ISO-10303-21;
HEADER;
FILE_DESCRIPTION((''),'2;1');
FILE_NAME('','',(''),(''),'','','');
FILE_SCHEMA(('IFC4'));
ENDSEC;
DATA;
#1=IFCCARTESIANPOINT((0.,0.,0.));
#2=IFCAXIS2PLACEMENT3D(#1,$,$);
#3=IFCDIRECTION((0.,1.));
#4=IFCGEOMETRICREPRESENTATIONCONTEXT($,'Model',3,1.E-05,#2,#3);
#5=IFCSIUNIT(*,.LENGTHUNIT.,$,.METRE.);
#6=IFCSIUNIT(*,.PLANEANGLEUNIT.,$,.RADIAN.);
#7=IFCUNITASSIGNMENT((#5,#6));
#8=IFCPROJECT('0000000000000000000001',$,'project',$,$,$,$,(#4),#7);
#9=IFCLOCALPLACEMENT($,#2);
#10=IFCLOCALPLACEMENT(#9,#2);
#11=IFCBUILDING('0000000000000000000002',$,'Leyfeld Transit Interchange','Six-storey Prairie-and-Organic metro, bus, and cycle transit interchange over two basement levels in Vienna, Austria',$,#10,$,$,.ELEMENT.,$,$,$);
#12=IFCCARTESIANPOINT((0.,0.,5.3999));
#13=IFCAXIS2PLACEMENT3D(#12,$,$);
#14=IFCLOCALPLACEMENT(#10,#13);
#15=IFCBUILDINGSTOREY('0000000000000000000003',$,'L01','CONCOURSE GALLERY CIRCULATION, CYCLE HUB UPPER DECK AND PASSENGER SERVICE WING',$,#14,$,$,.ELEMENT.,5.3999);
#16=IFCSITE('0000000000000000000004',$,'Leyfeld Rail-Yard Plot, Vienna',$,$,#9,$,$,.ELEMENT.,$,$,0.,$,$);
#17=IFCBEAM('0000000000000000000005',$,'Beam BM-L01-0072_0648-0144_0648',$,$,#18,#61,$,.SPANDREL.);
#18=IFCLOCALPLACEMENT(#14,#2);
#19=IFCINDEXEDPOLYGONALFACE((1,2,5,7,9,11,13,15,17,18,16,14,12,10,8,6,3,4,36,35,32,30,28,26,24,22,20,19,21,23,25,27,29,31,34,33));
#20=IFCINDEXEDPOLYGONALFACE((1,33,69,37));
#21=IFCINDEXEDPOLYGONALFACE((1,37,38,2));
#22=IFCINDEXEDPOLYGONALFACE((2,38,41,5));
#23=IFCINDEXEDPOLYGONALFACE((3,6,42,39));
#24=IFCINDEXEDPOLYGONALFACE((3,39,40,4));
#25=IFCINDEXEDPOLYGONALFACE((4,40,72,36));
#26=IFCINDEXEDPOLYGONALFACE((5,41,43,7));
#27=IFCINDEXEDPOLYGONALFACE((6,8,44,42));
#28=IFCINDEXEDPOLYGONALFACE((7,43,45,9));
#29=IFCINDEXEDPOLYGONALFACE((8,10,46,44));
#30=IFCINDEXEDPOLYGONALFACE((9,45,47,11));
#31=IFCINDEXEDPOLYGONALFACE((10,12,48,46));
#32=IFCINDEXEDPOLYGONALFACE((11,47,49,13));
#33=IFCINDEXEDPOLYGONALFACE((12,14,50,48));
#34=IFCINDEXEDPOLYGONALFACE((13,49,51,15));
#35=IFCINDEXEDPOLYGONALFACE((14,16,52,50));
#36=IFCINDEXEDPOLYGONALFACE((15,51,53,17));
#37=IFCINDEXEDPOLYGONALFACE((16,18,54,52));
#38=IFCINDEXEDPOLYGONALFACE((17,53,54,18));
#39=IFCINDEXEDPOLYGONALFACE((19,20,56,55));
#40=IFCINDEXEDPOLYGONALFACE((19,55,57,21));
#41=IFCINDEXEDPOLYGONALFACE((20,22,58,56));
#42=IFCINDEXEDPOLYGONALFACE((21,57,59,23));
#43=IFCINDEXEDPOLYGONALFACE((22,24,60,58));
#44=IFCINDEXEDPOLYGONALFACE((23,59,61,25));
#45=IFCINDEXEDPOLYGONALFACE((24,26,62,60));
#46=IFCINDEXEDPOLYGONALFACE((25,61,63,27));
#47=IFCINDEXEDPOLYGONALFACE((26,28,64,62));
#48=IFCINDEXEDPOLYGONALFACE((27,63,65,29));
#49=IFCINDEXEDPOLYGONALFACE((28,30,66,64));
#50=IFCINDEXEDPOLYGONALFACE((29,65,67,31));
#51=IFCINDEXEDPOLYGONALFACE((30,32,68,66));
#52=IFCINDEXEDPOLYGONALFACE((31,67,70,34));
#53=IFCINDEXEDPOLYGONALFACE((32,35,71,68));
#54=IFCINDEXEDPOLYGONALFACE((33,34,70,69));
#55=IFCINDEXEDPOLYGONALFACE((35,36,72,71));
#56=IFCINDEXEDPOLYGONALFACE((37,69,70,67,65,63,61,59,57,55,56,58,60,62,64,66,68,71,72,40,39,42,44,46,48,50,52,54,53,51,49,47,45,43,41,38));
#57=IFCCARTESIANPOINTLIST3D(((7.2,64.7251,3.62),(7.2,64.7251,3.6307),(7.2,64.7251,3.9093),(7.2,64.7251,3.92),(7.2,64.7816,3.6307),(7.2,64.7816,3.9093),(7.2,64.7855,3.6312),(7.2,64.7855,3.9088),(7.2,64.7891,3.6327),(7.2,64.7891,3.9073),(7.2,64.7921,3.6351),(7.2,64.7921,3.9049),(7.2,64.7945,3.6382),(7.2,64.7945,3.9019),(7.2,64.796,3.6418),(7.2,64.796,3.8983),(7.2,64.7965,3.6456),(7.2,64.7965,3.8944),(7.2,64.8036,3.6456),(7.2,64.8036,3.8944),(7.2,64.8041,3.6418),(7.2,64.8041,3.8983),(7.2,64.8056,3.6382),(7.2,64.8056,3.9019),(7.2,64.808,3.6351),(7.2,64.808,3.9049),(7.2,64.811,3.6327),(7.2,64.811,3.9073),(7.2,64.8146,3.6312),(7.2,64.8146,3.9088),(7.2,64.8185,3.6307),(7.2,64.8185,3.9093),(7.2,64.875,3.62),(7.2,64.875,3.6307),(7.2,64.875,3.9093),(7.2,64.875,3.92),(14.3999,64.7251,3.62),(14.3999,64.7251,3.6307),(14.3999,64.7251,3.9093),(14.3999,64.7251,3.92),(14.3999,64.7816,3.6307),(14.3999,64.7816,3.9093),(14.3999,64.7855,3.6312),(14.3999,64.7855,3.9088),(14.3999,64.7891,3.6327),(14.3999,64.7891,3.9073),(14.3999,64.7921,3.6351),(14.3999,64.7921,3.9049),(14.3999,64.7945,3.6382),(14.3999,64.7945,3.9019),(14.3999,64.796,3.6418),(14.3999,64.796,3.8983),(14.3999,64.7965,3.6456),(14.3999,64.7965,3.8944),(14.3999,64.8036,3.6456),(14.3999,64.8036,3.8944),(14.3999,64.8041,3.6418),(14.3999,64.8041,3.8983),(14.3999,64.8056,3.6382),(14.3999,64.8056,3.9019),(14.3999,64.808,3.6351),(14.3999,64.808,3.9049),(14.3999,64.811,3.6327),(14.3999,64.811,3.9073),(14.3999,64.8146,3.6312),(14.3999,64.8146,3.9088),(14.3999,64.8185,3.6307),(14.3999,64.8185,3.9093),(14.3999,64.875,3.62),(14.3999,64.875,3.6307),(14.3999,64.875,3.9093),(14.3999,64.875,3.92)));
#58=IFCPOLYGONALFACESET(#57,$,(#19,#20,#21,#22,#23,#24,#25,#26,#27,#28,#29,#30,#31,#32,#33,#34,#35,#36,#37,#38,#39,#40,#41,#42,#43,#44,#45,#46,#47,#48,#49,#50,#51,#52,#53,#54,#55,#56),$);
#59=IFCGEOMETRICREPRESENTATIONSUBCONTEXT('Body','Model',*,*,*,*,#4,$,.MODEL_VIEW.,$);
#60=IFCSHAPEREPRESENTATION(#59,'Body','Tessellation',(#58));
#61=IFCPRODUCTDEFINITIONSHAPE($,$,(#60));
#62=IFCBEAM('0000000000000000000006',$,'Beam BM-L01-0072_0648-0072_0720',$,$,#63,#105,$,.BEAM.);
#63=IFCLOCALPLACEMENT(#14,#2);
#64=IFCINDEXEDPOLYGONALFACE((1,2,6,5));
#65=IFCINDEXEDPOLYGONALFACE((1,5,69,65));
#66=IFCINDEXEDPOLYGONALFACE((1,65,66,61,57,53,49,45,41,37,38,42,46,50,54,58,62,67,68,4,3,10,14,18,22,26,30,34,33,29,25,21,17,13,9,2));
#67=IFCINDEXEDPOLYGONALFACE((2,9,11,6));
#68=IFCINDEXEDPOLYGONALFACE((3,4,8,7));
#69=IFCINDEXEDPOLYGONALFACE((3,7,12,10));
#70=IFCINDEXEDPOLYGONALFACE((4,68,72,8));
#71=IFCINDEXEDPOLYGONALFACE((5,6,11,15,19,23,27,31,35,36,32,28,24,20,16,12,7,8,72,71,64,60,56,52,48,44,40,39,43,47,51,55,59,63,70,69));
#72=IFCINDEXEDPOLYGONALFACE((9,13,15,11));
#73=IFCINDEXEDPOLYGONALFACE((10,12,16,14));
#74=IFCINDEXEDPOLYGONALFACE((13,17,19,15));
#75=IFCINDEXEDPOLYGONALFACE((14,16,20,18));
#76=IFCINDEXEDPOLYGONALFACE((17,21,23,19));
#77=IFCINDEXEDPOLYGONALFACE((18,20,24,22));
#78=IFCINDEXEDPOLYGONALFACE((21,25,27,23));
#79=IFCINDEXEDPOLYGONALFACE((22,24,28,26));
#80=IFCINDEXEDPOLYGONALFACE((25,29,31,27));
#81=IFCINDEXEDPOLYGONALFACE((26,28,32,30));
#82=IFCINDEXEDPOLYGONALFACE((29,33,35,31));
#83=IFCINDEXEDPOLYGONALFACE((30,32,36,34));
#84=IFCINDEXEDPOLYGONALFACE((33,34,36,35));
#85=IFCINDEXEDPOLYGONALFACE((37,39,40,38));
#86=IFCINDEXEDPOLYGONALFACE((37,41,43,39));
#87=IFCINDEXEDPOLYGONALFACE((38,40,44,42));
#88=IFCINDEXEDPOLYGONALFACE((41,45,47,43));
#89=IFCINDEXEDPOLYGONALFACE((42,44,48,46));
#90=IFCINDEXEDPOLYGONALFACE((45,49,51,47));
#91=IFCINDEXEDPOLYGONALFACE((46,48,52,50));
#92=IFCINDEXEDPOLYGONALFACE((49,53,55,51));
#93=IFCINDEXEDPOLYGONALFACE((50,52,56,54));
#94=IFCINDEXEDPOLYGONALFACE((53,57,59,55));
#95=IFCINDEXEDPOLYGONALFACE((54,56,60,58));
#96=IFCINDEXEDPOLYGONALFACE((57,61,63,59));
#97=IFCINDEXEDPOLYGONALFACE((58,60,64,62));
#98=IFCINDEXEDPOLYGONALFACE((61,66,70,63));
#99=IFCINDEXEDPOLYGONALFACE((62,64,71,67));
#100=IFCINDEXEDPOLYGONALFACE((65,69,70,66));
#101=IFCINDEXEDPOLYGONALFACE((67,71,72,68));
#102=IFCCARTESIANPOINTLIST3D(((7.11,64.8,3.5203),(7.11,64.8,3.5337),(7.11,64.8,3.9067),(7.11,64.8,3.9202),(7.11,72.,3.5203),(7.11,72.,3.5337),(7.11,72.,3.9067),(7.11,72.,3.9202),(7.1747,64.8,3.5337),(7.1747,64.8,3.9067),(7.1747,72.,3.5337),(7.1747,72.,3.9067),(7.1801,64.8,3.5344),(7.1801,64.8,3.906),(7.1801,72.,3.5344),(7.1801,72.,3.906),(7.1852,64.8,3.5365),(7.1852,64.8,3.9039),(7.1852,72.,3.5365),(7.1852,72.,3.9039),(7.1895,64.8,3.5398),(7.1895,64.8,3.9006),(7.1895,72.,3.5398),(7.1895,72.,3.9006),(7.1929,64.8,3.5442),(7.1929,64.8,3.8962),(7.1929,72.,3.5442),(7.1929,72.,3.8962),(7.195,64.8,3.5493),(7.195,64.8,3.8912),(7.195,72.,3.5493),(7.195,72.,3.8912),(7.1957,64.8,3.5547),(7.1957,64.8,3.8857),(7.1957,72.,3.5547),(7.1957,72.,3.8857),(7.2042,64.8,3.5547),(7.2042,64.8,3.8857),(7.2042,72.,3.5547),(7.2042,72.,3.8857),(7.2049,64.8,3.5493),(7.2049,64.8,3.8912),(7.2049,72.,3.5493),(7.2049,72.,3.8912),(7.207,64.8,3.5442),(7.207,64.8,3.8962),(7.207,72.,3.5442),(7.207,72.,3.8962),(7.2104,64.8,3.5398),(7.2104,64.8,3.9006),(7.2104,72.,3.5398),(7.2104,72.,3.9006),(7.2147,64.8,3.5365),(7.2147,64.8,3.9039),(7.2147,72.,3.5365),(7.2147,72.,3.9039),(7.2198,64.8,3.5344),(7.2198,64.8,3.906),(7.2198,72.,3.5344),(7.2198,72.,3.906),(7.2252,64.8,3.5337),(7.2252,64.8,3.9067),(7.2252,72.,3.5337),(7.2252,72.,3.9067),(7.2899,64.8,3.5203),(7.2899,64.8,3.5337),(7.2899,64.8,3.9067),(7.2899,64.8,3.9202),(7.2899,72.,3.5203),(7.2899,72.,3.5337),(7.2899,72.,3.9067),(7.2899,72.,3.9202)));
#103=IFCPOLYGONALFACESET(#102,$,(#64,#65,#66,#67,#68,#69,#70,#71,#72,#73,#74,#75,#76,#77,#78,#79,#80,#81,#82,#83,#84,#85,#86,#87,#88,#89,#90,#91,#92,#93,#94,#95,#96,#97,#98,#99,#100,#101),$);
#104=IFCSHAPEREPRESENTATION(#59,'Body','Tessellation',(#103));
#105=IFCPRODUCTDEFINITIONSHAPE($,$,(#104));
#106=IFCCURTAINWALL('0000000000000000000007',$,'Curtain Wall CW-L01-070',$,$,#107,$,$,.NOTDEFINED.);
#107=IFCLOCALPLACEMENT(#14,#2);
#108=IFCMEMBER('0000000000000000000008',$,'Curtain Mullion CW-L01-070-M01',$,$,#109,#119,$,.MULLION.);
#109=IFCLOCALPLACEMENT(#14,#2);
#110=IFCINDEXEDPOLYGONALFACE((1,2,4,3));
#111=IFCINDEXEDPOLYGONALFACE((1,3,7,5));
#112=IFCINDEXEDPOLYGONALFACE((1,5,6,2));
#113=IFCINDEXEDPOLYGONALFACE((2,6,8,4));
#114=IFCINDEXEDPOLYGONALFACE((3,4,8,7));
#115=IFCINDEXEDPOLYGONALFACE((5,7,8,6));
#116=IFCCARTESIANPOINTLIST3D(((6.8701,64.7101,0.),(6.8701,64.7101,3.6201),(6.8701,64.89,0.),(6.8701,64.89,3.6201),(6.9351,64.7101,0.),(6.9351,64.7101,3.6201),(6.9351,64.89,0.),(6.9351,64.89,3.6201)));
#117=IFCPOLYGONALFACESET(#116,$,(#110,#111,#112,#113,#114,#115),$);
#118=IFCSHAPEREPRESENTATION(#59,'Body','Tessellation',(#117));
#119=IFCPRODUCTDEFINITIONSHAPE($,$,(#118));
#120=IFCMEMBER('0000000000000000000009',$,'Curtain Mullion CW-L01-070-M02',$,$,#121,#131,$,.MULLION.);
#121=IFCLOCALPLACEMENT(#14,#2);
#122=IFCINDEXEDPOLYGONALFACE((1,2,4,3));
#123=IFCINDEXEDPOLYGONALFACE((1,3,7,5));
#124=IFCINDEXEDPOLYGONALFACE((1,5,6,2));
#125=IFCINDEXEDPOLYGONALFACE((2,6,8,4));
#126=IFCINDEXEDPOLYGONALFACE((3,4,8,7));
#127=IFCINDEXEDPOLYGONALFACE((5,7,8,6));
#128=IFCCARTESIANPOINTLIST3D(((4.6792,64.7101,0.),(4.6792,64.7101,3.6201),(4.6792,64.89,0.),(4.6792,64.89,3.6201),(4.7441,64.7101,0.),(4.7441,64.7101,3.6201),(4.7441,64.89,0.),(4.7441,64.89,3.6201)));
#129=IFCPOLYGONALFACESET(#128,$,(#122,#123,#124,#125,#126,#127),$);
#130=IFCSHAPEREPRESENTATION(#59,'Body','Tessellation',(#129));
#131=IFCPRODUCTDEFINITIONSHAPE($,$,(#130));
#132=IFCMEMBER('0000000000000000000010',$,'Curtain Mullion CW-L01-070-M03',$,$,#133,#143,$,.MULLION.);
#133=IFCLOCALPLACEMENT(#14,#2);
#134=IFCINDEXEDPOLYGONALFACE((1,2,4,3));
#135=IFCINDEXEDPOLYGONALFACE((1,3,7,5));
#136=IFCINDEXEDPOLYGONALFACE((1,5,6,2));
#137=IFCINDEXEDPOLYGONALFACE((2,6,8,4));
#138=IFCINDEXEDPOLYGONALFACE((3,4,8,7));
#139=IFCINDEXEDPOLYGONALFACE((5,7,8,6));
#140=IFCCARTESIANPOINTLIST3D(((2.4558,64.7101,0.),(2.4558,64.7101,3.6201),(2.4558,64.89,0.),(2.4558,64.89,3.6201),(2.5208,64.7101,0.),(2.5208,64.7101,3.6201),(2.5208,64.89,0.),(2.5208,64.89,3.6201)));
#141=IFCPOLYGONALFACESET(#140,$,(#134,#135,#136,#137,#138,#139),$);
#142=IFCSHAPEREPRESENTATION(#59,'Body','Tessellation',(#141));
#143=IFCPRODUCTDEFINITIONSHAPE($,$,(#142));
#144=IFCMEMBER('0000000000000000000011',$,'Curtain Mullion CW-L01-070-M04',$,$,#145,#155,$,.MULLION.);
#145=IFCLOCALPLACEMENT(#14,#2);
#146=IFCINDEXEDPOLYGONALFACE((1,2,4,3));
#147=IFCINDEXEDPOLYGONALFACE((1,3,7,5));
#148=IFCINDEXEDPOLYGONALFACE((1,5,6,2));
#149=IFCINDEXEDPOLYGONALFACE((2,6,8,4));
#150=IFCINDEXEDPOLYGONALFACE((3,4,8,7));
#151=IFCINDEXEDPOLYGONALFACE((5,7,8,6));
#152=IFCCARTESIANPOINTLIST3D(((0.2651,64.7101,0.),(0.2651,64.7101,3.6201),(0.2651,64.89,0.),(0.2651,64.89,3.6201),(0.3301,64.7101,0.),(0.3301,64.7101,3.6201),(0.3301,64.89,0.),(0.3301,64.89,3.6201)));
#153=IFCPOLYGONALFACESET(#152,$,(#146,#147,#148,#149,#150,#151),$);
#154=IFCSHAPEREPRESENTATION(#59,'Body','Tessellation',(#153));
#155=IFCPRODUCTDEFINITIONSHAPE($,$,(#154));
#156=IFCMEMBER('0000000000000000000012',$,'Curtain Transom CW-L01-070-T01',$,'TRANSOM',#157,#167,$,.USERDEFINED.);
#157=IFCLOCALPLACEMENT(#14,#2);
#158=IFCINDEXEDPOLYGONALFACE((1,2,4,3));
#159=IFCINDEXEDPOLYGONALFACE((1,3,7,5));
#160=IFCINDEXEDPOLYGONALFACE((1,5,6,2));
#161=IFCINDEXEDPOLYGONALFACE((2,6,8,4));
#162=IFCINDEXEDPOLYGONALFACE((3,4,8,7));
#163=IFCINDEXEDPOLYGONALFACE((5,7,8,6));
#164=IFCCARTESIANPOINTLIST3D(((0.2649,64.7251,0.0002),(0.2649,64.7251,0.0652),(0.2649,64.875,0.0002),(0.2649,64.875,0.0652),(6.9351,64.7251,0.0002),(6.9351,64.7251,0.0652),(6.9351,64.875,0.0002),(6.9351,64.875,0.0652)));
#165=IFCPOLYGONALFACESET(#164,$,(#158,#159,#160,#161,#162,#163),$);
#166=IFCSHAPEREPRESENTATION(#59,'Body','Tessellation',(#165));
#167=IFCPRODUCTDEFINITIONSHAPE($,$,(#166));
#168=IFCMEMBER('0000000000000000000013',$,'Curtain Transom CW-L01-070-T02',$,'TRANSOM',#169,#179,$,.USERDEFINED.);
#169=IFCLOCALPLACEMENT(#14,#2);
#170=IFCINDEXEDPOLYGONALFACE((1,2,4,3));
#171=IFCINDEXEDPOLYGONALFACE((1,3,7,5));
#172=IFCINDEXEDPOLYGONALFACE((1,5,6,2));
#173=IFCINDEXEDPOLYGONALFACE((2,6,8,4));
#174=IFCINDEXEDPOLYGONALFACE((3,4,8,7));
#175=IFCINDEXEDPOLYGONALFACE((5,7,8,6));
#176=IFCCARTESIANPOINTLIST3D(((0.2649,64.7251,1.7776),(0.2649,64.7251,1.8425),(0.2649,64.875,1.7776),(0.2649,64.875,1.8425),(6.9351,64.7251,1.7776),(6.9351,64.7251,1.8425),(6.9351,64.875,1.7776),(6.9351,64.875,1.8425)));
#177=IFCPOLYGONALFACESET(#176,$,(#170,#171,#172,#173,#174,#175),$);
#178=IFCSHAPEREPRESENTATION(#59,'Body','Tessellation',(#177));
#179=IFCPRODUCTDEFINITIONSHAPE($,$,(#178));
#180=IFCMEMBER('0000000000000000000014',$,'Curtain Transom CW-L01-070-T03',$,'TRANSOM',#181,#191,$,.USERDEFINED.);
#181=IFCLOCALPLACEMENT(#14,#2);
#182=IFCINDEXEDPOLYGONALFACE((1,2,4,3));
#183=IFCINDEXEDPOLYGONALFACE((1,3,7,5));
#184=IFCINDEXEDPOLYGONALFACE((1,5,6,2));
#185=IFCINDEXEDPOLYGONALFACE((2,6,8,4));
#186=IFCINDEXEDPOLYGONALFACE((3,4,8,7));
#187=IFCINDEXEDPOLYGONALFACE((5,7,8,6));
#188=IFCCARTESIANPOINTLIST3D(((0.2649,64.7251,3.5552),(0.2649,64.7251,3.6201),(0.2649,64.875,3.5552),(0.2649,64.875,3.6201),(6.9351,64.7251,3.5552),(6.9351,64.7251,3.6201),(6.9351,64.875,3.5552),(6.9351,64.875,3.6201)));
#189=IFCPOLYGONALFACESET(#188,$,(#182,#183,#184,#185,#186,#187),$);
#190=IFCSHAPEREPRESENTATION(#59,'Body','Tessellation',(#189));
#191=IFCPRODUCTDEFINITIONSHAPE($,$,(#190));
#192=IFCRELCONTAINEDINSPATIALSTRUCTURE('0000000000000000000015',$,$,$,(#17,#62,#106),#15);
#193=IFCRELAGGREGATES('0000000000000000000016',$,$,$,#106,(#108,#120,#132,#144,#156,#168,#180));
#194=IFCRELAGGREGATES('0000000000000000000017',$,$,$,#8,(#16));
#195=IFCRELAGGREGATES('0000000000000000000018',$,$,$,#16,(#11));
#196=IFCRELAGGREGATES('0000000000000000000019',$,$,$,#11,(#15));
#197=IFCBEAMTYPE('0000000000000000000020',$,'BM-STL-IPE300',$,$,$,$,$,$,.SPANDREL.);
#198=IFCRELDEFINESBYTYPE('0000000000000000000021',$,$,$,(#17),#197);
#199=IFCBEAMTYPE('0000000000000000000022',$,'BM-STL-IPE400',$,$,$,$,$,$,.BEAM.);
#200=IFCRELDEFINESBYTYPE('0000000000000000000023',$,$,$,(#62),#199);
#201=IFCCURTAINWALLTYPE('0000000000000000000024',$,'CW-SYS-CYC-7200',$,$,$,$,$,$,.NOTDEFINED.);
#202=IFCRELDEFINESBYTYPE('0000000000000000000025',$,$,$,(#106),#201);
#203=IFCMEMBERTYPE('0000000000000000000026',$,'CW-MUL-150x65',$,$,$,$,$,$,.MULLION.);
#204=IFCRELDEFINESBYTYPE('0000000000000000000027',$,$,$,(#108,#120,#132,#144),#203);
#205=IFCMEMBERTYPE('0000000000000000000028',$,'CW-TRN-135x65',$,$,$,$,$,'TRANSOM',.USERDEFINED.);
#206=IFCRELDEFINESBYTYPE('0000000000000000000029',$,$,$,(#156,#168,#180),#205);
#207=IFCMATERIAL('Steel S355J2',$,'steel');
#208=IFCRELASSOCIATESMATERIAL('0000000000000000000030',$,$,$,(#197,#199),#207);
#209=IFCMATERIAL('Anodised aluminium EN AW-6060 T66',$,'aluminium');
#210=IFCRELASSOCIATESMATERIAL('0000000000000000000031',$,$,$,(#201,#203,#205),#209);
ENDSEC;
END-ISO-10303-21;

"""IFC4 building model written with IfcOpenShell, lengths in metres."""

from ifc_helpers import new_model, si_unit, direction, frame, origin, origin_2d, place, context, subcontext, project, spatial, rectangle, i_section, extrude, material, material_profile, profile_set, type_object, element, aggregate, save


model = new_model("IFC4")

# Units and contexts
model_context = context("Model", 3, precision=1e-05, world=origin(), true_north=direction((0.0, 1.0)))
body_context = subcontext(model_context, "Body", "Model", "MODEL_VIEW")
ifc_project = project(units=[si_unit("LENGTHUNIT", "METRE"), si_unit("PLANEANGLEUNIT", "RADIAN")], contexts=[model_context])

# Site, building, storey
site_placement = place(None, origin())
site = spatial("IfcSite", under=ifc_project, at=site_placement, Name="Leyfeld Rail-Yard Plot, Vienna", CompositionType="ELEMENT", RefElevation=0.0)
building_placement = place(site_placement, origin())
building = spatial("IfcBuilding", under=site, at=building_placement, Name="Leyfeld Transit Interchange", Description="Six-storey Prairie-and-Organic metro, bus, and cycle transit interchange over two basement levels in Vienna, Austria", CompositionType="ELEMENT")
storey_placement = place(building_placement, frame((0.0, 0.0, 5.3999)))
storey = spatial("IfcBuildingStorey", under=building, at=storey_placement, Name="L01", Description="CONCOURSE GALLERY CIRCULATION, CYCLE HUB UPPER DECK AND PASSENGER SERVICE WING", CompositionType="ELEMENT", Elevation=5.3999)

# Beams
ifc_material_1 = material(Name="Steel S355J2", Category="steel")
ifc_material_profile_1 = material_profile(ifc_material_1, i_section(OverallWidth=0.1499, OverallDepth=0.3, WebThickness=0.0071, FlangeThickness=0.0107, FilletRadius=0.0149, at=origin_2d()), Name="IPE 300")
ifc_profile_set_1 = profile_set([ifc_material_profile_1], Name="Steel S355J2")
beam_type_1 = type_object("IfcBeamType", Name="BM-STL-IPE300", PredefinedType="SPANDREL", material=ifc_profile_set_1)
for number, where, z_axis, x_axis, name in (
    (1, (7.2, 64.8, 3.77), (1.0, 0.0, 0.0), (0.0, 1.0, 0.0), "Beam BM-L01-0072_0648-0144_0648"),
):
    element("IfcBeam", number, at=place(storey_placement, frame(where, z_axis=z_axis, x_axis=x_axis)), inside=storey, type_object=beam_type_1, Name=name, PredefinedType="SPANDREL", context=body_context, shape_type="SweptSolid", body=[
        extrude(i_section(OverallWidth=0.1499, OverallDepth=0.3, WebThickness=0.0071, FlangeThickness=0.0107, FilletRadius=0.0149, at=origin_2d()), origin(), (0.0, 0.0, 1.0), 7.2),
    ])
ifc_material_profile_2 = material_profile(ifc_material_1, i_section(OverallWidth=0.1799, OverallDepth=0.3999, WebThickness=0.0085, FlangeThickness=0.0134, FilletRadius=0.021, at=origin_2d()), Name="IPE 400")
ifc_profile_set_2 = profile_set([ifc_material_profile_2], Name="Steel S355J2")
beam_type_2 = type_object("IfcBeamType", Name="BM-STL-IPE400", PredefinedType="BEAM", material=ifc_profile_set_2)
beam_1_placement = place(storey_placement, frame((7.2, 64.8, 3.7202), z_axis=(0.0, 1.0, 0.0), x_axis=(-1.0, 0.0, 0.0)))
element("IfcBeam", 2, at=beam_1_placement, inside=storey, type_object=beam_type_2, Name="Beam BM-L01-0072_0648-0072_0720", PredefinedType="BEAM", context=body_context, shape_type="SweptSolid", body=[
    extrude(i_section(OverallWidth=0.1799, OverallDepth=0.3999, WebThickness=0.0085, FlangeThickness=0.0134, FilletRadius=0.021, at=origin_2d()), origin(), (0.0, 0.0, 1.0), 7.2),
])

# Curtain wall, members
ifc_material_2 = material(Name="Anodised aluminium EN AW-6060 T66", Category="aluminium")
curtain_wall_type = type_object("IfcCurtainWallType", Name="CW-SYS-CYC-7200", PredefinedType="NOTDEFINED", material=ifc_material_2)
curtain_wall_placement = place(storey_placement, origin())
curtain_wall = element("IfcCurtainWall", 3, at=curtain_wall_placement, inside=storey, type_object=curtain_wall_type, Name="Curtain Wall CW-L01-070", PredefinedType="NOTDEFINED")
ifc_material_profile_3 = material_profile(ifc_material_2, rectangle(XDim=0.0649, YDim=0.1799, at=origin_2d()), Name="CW-M 65x180")
ifc_profile_set_3 = profile_set([ifc_material_profile_3], Name="Anodised aluminium EN AW-6060 T66")
member_type_1 = type_object("IfcMemberType", Name="CW-MUL-150x65", PredefinedType="MULLION", material=ifc_profile_set_3)
member_1_placement = place(storey_placement, frame((6.9026, 64.8, 0.0), z_axis=(0.0, 0.0, 1.0), x_axis=(-1.0, 0.0, 0.0)))
member_1 = element("IfcMember", 4, at=member_1_placement, type_object=member_type_1, Name="Curtain Mullion CW-L01-070-M01", PredefinedType="MULLION", context=body_context, shape_type="SweptSolid", body=[
    extrude(rectangle(XDim=0.0649, YDim=0.1799, at=origin_2d()), origin(), (0.0, 0.0, 1.0), 3.6201),
])
member_2_placement = place(storey_placement, frame((4.7117, 64.8, 0.0), z_axis=(0.0, 0.0, 1.0), x_axis=(-1.0, 0.0, 0.0)))
member_2 = element("IfcMember", 5, at=member_2_placement, type_object=member_type_1, Name="Curtain Mullion CW-L01-070-M02", PredefinedType="MULLION", context=body_context, shape_type="SweptSolid", body=[
    extrude(rectangle(XDim=0.0649, YDim=0.1799, at=origin_2d()), origin(), (0.0, 0.0, 1.0), 3.6201),
])
member_3_placement = place(storey_placement, frame((2.4883, 64.8, 0.0), z_axis=(0.0, 0.0, 1.0), x_axis=(-1.0, 0.0, 0.0)))
member_3 = element("IfcMember", 6, at=member_3_placement, type_object=member_type_1, Name="Curtain Mullion CW-L01-070-M03", PredefinedType="MULLION", context=body_context, shape_type="SweptSolid", body=[
    extrude(rectangle(XDim=0.0649, YDim=0.1799, at=origin_2d()), origin(), (0.0, 0.0, 1.0), 3.6201),
])
member_4_placement = place(storey_placement, frame((0.2976, 64.8, 0.0), z_axis=(0.0, 0.0, 1.0), x_axis=(-1.0, 0.0, 0.0)))
member_4 = element("IfcMember", 7, at=member_4_placement, type_object=member_type_1, Name="Curtain Mullion CW-L01-070-M04", PredefinedType="MULLION", context=body_context, shape_type="SweptSolid", body=[
    extrude(rectangle(XDim=0.0649, YDim=0.1799, at=origin_2d()), origin(), (0.0, 0.0, 1.0), 3.6201),
])
ifc_material_profile_4 = material_profile(ifc_material_2, rectangle(XDim=0.1499, YDim=0.0649, at=origin_2d()), Name="CW-TRN-135x65")
ifc_profile_set_4 = profile_set([ifc_material_profile_4], Name="Anodised aluminium EN AW-6060 T66")
member_type_2 = type_object("IfcMemberType", Name="CW-TRN-135x65", ElementType="TRANSOM", PredefinedType="USERDEFINED", material=ifc_profile_set_4)
member_5_placement = place(storey_placement, frame((6.9351, 64.8, 0.0327), z_axis=(-1.0, 0.0, 0.0), x_axis=(0.0, -1.0, 0.0)))
member_5 = element("IfcMember", 8, at=member_5_placement, type_object=member_type_2, Name="Curtain Transom CW-L01-070-T01", ObjectType="TRANSOM", PredefinedType="USERDEFINED", context=body_context, shape_type="SweptSolid", body=[
    extrude(rectangle(XDim=0.1499, YDim=0.0649, at=origin_2d()), origin(), (0.0, 0.0, 1.0), 6.6702),
])
member_6_placement = place(storey_placement, frame((6.9351, 64.8, 1.8101), z_axis=(-1.0, 0.0, 0.0), x_axis=(0.0, -1.0, 0.0)))
member_6 = element("IfcMember", 9, at=member_6_placement, type_object=member_type_2, Name="Curtain Transom CW-L01-070-T02", ObjectType="TRANSOM", PredefinedType="USERDEFINED", context=body_context, shape_type="SweptSolid", body=[
    extrude(rectangle(XDim=0.1499, YDim=0.0649, at=origin_2d()), origin(), (0.0, 0.0, 1.0), 6.6702),
])
member_7_placement = place(storey_placement, frame((6.9351, 64.8, 3.5876), z_axis=(-1.0, 0.0, 0.0), x_axis=(0.0, -1.0, 0.0)))
member_7 = element("IfcMember", 10, at=member_7_placement, type_object=member_type_2, Name="Curtain Transom CW-L01-070-T03", ObjectType="TRANSOM", PredefinedType="USERDEFINED", context=body_context, shape_type="SweptSolid", body=[
    extrude(rectangle(XDim=0.1499, YDim=0.0649, at=origin_2d()), origin(), (0.0, 0.0, 1.0), 6.6702),
])
aggregate(curtain_wall, [member_1, member_2, member_3, member_4, member_5, member_6, member_7])

save(model, "model.ifc")
